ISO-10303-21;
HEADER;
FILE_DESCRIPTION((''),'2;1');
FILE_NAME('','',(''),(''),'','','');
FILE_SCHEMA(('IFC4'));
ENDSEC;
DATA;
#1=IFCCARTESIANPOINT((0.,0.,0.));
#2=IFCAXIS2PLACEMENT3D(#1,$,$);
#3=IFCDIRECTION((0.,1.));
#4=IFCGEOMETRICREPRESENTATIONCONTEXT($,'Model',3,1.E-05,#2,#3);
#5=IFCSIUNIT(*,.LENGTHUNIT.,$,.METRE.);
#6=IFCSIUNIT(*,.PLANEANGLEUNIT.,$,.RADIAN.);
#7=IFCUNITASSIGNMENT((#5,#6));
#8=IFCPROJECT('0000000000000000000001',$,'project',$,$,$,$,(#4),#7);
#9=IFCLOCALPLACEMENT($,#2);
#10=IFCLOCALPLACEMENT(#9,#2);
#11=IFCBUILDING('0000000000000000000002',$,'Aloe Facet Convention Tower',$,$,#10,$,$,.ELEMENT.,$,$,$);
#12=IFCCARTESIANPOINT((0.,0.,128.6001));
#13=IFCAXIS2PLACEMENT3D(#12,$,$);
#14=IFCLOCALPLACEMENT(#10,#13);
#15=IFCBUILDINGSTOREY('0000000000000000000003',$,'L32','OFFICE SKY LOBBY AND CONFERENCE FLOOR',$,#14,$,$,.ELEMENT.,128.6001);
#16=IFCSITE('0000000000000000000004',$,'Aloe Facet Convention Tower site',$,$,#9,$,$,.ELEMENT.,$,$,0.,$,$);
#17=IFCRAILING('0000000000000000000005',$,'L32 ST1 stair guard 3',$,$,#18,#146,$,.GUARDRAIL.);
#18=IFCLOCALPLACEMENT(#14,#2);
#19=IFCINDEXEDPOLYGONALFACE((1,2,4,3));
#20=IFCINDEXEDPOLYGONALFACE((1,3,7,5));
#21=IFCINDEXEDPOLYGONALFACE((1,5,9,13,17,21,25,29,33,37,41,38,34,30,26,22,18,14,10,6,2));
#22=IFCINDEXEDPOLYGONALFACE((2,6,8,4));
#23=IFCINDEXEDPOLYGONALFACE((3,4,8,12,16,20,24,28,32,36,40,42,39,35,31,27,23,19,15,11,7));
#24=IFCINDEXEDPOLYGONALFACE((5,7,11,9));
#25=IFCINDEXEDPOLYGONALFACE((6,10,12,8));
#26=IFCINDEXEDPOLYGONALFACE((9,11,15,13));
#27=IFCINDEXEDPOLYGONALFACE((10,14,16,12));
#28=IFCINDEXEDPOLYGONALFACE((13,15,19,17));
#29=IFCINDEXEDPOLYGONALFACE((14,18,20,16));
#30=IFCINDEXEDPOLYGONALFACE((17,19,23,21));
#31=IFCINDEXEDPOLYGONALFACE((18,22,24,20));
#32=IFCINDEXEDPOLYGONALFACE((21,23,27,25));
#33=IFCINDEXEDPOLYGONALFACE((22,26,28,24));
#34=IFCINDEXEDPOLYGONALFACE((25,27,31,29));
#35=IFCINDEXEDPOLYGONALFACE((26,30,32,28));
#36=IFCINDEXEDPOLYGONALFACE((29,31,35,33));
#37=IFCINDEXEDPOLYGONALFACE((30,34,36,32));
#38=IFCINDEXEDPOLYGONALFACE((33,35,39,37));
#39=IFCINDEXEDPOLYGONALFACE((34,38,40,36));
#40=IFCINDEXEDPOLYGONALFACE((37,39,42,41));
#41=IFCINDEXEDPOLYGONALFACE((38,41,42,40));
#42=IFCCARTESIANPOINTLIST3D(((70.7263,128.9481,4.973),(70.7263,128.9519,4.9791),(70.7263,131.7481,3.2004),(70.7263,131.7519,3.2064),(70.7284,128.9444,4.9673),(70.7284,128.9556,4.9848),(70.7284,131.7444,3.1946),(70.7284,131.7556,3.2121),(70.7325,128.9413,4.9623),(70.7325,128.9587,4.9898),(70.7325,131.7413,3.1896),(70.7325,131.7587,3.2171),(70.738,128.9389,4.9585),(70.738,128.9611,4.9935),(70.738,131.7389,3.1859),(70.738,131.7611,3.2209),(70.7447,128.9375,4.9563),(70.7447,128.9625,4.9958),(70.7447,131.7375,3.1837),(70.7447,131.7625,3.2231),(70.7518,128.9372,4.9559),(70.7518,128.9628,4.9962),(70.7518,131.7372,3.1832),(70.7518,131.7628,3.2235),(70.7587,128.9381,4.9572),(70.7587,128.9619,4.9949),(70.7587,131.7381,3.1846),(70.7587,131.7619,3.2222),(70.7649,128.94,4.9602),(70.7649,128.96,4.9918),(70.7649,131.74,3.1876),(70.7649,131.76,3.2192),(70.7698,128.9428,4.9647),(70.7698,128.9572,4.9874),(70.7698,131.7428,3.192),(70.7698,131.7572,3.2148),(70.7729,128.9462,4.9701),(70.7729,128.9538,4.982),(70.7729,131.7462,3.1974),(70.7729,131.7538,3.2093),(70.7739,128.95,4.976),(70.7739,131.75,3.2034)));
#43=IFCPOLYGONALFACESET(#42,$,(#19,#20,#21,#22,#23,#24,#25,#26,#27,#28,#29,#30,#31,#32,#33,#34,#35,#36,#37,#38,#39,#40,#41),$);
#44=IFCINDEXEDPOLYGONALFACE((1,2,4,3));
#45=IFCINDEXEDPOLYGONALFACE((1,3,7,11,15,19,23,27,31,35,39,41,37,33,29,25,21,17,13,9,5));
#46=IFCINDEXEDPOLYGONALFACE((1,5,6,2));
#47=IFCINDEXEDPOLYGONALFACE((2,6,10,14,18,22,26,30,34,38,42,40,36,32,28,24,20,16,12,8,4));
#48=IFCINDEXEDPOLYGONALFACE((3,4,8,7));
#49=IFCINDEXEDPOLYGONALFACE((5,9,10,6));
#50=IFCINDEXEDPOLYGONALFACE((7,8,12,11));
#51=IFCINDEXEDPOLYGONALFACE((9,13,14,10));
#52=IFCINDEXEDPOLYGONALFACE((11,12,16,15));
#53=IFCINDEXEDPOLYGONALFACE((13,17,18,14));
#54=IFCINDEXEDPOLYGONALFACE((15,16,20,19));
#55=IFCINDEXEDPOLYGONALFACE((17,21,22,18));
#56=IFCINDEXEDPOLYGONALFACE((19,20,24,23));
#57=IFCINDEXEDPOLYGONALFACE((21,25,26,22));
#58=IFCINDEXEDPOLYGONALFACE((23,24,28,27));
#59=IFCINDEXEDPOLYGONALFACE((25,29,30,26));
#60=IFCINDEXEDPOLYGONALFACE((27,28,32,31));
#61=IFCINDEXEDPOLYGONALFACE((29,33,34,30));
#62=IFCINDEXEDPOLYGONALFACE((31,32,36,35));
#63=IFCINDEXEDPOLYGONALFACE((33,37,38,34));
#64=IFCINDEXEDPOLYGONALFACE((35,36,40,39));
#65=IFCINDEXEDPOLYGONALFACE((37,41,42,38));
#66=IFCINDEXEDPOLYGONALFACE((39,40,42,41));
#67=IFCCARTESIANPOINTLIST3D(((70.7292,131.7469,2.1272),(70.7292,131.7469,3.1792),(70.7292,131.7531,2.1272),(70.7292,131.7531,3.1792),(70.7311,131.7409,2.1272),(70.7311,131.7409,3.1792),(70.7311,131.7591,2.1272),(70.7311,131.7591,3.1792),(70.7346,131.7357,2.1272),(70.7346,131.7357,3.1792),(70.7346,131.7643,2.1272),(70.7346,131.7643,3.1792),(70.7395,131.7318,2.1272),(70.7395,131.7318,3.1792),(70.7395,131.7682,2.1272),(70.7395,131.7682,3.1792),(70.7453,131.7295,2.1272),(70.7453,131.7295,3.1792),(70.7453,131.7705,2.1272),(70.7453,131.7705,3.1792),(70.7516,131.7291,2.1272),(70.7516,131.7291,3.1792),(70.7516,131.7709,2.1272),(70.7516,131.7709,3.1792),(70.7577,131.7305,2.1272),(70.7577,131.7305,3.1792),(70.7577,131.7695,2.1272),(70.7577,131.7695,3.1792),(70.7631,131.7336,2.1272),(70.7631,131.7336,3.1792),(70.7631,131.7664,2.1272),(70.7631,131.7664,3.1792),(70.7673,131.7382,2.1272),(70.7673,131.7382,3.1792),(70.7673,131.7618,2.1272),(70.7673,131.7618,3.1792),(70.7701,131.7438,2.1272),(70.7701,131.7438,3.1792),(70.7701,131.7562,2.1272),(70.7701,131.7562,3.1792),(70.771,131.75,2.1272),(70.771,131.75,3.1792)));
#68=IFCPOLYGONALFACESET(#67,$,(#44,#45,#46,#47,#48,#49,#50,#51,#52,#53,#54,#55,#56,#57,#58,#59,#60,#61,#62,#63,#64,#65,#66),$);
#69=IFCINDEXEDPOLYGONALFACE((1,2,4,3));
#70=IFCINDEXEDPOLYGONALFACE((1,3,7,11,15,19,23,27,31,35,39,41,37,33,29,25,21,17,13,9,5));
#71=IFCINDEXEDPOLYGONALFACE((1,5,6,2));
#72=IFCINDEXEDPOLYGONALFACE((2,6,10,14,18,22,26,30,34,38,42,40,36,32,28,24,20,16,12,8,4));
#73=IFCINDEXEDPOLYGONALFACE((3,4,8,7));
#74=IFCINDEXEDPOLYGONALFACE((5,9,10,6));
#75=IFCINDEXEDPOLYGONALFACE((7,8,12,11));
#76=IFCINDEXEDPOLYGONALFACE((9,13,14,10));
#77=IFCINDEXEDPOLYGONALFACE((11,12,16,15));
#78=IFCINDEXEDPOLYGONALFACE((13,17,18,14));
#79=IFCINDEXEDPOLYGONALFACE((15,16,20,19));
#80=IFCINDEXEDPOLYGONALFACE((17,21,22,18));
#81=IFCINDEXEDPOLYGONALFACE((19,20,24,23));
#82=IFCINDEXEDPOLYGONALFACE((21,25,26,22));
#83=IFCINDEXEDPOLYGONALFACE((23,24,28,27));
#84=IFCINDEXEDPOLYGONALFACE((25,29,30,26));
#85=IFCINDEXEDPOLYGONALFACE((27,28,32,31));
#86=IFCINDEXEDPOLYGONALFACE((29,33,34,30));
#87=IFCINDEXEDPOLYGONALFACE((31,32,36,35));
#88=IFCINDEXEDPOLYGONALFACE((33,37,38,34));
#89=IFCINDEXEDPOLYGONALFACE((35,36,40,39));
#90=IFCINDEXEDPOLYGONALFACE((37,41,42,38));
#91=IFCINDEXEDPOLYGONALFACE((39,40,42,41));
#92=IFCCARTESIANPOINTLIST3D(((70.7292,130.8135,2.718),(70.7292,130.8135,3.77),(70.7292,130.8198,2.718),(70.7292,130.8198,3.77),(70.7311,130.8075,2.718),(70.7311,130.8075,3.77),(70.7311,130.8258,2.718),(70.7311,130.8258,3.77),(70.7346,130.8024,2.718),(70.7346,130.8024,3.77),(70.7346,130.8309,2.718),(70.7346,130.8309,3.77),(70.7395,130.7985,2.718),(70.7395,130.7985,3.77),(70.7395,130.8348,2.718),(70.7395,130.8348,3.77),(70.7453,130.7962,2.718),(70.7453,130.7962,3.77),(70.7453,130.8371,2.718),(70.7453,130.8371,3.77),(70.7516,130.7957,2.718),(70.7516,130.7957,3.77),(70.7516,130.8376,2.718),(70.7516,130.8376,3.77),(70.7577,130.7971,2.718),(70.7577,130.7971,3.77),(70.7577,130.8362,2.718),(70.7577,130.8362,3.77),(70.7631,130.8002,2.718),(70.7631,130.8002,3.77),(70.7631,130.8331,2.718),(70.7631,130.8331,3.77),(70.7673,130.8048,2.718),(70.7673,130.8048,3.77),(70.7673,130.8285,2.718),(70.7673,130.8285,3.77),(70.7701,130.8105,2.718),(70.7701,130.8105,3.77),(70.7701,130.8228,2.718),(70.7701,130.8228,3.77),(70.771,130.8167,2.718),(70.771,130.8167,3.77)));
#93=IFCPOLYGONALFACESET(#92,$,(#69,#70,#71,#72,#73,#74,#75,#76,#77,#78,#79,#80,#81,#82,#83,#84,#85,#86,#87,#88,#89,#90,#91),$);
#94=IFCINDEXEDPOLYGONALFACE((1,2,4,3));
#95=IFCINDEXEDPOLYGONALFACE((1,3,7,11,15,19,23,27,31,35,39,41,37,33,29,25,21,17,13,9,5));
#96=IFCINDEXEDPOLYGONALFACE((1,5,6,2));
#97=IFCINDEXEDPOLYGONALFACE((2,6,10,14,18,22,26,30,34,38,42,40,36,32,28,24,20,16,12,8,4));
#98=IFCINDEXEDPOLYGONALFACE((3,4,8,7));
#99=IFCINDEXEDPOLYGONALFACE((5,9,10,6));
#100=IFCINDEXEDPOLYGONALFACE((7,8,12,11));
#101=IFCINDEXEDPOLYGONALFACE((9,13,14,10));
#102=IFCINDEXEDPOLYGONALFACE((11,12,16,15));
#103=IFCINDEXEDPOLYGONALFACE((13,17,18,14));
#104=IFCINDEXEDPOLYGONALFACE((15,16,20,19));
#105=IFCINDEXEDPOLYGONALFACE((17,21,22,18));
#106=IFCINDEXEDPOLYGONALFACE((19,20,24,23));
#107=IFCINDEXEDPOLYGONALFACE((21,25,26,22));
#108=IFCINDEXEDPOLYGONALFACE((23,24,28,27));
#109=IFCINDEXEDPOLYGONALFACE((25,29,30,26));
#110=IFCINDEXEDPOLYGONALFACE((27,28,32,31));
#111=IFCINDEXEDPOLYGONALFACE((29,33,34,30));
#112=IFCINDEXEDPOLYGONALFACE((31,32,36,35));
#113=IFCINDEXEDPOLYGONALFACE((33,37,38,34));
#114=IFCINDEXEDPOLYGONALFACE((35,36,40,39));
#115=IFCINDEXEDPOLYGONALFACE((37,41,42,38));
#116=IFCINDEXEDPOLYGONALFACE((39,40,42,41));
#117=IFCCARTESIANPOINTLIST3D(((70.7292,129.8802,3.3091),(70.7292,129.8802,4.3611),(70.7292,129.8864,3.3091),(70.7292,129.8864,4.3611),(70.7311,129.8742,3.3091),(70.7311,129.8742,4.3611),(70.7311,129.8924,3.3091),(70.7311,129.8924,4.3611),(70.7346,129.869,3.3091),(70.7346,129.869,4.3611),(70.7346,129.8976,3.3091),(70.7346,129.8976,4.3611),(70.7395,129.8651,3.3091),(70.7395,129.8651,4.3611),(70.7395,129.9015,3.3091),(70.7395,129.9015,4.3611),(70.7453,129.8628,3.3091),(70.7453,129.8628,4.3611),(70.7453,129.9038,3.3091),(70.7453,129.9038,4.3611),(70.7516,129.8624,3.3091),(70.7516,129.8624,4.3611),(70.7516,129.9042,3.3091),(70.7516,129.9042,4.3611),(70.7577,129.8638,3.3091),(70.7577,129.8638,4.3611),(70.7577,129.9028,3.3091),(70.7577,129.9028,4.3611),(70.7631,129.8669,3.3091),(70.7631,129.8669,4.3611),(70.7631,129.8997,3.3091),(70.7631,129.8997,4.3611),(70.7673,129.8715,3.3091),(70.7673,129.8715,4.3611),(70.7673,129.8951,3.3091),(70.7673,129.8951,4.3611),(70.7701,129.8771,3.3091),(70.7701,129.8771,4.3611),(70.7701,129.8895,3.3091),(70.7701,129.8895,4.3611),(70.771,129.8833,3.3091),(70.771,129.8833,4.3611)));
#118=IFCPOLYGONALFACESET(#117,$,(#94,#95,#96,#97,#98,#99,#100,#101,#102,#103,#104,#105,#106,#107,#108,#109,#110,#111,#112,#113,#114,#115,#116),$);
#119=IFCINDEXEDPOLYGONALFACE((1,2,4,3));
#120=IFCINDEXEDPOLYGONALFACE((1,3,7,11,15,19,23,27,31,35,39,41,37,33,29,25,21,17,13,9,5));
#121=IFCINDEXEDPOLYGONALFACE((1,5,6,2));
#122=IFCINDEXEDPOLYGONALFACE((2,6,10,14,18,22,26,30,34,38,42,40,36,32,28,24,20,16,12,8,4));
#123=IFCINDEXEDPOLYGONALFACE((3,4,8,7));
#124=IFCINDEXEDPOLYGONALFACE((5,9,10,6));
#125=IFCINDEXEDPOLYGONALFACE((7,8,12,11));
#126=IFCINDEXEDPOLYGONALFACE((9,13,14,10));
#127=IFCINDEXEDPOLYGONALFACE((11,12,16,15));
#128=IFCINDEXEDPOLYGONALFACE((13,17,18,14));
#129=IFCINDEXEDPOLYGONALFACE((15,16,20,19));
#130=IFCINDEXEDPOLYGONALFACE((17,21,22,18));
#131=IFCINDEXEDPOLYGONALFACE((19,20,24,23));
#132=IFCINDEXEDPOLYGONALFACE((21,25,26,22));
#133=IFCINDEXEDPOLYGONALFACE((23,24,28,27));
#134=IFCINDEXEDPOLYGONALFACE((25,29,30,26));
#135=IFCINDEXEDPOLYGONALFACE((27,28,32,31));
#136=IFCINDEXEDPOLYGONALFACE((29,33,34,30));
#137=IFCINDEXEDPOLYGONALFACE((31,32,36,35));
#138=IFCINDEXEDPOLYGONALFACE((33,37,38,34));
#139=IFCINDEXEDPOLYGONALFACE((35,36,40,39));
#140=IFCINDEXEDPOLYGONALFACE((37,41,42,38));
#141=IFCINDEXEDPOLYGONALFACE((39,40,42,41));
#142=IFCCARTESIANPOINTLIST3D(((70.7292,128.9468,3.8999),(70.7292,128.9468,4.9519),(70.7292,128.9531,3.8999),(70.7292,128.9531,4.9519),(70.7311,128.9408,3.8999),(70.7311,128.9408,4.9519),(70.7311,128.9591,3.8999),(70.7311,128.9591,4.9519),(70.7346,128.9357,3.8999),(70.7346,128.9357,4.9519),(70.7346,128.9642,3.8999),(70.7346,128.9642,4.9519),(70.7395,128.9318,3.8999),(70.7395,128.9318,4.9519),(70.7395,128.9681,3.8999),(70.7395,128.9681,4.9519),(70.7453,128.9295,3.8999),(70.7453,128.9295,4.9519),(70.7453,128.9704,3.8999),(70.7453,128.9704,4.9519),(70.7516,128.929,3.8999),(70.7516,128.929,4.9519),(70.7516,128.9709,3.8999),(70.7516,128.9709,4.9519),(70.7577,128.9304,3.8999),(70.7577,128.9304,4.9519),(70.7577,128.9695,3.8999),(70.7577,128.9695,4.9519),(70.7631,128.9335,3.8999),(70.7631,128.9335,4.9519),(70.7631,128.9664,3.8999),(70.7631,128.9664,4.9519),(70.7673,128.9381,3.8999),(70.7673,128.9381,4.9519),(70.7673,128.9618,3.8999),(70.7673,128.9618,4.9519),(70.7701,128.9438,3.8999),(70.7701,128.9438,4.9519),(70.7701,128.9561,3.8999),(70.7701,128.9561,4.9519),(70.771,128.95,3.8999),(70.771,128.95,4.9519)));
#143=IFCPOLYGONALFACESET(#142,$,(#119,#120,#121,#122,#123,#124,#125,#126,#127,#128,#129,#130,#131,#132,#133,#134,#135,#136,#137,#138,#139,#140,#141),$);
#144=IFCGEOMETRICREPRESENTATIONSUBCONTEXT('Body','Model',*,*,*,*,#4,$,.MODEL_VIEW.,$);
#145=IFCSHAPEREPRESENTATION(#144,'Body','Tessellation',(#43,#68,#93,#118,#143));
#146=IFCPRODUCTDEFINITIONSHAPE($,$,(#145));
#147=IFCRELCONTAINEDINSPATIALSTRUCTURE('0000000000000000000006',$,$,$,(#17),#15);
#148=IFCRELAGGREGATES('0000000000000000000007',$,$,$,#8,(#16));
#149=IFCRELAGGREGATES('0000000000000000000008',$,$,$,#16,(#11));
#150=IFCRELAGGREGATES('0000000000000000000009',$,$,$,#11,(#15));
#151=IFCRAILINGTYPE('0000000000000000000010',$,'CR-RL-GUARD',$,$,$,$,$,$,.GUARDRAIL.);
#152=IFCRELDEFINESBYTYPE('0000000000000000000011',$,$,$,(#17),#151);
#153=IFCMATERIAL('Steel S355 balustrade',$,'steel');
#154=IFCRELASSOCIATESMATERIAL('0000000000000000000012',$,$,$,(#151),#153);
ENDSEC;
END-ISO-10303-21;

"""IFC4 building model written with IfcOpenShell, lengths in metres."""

from ifc_helpers import new_model, si_unit, direction, frame, origin, origin_2d, place, context, subcontext, project, spatial, circle, extrude, material, type_object, element, save


model = new_model("IFC4")

# Units and contexts
model_context = context("Model", 3, precision=1e-05, world=origin(), true_north=direction((0.0, 1.0)))
body_context = subcontext(model_context, "Body", "Model", "MODEL_VIEW")
ifc_project = project(units=[si_unit("LENGTHUNIT", "METRE"), si_unit("PLANEANGLEUNIT", "RADIAN")], contexts=[model_context])

# Site, building, storey
site_placement = place(None, origin())
site = spatial("IfcSite", under=ifc_project, at=site_placement, Name="Aloe Facet Convention Tower site", CompositionType="ELEMENT", RefElevation=0.0)
building_placement = place(site_placement, origin())
building = spatial("IfcBuilding", under=site, at=building_placement, Name="Aloe Facet Convention Tower", CompositionType="ELEMENT")
storey_placement = place(building_placement, frame((0.0, 0.0, 128.6001)))
storey = spatial("IfcBuildingStorey", under=building, at=storey_placement, Name="L32", Description="OFFICE SKY LOBBY AND CONFERENCE FLOOR", CompositionType="ELEMENT", Elevation=128.6001)

# Railing
ifc_material_1 = material(Name="Steel S355 balustrade", Category="steel")
railing_type_1 = type_object("IfcRailingType", Name="CR-RL-GUARD", PredefinedType="GUARDRAIL", material=ifc_material_1)
railing_1_placement = place(storey_placement, frame((70.75, 131.75, 2.1272)))
element("IfcRailing", 1, at=railing_1_placement, inside=storey, type_object=railing_type_1, Name="L32 ST1 stair guard 3", PredefinedType="GUARDRAIL", context=body_context, shape_type="SweptSolid", body=[
    extrude(circle(Radius=0.0239, at=origin_2d()), frame((0.0, 0.0, 1.0762), z_axis=(0.0, -0.844909, 0.53491), x_axis=(1.0, 0.0, 0.0)), (0.0, 0.0, 1.0), 3.314),
    extrude(circle(Radius=0.021, at=origin_2d()), origin(), (0.0, 0.0, 1.0), 1.052),
    extrude(circle(Radius=0.021, at=origin_2d()), frame((0.0, -0.9333, 0.5908)), (0.0, 0.0, 1.0), 1.052),
    extrude(circle(Radius=0.021, at=origin_2d()), frame((0.0, -1.8667, 1.1819)), (0.0, 0.0, 1.0), 1.052),
    extrude(circle(Radius=0.021, at=origin_2d()), frame((0.0, -2.8, 1.7727)), (0.0, 0.0, 1.0), 1.052),
])

save(model, "model.ifc")
